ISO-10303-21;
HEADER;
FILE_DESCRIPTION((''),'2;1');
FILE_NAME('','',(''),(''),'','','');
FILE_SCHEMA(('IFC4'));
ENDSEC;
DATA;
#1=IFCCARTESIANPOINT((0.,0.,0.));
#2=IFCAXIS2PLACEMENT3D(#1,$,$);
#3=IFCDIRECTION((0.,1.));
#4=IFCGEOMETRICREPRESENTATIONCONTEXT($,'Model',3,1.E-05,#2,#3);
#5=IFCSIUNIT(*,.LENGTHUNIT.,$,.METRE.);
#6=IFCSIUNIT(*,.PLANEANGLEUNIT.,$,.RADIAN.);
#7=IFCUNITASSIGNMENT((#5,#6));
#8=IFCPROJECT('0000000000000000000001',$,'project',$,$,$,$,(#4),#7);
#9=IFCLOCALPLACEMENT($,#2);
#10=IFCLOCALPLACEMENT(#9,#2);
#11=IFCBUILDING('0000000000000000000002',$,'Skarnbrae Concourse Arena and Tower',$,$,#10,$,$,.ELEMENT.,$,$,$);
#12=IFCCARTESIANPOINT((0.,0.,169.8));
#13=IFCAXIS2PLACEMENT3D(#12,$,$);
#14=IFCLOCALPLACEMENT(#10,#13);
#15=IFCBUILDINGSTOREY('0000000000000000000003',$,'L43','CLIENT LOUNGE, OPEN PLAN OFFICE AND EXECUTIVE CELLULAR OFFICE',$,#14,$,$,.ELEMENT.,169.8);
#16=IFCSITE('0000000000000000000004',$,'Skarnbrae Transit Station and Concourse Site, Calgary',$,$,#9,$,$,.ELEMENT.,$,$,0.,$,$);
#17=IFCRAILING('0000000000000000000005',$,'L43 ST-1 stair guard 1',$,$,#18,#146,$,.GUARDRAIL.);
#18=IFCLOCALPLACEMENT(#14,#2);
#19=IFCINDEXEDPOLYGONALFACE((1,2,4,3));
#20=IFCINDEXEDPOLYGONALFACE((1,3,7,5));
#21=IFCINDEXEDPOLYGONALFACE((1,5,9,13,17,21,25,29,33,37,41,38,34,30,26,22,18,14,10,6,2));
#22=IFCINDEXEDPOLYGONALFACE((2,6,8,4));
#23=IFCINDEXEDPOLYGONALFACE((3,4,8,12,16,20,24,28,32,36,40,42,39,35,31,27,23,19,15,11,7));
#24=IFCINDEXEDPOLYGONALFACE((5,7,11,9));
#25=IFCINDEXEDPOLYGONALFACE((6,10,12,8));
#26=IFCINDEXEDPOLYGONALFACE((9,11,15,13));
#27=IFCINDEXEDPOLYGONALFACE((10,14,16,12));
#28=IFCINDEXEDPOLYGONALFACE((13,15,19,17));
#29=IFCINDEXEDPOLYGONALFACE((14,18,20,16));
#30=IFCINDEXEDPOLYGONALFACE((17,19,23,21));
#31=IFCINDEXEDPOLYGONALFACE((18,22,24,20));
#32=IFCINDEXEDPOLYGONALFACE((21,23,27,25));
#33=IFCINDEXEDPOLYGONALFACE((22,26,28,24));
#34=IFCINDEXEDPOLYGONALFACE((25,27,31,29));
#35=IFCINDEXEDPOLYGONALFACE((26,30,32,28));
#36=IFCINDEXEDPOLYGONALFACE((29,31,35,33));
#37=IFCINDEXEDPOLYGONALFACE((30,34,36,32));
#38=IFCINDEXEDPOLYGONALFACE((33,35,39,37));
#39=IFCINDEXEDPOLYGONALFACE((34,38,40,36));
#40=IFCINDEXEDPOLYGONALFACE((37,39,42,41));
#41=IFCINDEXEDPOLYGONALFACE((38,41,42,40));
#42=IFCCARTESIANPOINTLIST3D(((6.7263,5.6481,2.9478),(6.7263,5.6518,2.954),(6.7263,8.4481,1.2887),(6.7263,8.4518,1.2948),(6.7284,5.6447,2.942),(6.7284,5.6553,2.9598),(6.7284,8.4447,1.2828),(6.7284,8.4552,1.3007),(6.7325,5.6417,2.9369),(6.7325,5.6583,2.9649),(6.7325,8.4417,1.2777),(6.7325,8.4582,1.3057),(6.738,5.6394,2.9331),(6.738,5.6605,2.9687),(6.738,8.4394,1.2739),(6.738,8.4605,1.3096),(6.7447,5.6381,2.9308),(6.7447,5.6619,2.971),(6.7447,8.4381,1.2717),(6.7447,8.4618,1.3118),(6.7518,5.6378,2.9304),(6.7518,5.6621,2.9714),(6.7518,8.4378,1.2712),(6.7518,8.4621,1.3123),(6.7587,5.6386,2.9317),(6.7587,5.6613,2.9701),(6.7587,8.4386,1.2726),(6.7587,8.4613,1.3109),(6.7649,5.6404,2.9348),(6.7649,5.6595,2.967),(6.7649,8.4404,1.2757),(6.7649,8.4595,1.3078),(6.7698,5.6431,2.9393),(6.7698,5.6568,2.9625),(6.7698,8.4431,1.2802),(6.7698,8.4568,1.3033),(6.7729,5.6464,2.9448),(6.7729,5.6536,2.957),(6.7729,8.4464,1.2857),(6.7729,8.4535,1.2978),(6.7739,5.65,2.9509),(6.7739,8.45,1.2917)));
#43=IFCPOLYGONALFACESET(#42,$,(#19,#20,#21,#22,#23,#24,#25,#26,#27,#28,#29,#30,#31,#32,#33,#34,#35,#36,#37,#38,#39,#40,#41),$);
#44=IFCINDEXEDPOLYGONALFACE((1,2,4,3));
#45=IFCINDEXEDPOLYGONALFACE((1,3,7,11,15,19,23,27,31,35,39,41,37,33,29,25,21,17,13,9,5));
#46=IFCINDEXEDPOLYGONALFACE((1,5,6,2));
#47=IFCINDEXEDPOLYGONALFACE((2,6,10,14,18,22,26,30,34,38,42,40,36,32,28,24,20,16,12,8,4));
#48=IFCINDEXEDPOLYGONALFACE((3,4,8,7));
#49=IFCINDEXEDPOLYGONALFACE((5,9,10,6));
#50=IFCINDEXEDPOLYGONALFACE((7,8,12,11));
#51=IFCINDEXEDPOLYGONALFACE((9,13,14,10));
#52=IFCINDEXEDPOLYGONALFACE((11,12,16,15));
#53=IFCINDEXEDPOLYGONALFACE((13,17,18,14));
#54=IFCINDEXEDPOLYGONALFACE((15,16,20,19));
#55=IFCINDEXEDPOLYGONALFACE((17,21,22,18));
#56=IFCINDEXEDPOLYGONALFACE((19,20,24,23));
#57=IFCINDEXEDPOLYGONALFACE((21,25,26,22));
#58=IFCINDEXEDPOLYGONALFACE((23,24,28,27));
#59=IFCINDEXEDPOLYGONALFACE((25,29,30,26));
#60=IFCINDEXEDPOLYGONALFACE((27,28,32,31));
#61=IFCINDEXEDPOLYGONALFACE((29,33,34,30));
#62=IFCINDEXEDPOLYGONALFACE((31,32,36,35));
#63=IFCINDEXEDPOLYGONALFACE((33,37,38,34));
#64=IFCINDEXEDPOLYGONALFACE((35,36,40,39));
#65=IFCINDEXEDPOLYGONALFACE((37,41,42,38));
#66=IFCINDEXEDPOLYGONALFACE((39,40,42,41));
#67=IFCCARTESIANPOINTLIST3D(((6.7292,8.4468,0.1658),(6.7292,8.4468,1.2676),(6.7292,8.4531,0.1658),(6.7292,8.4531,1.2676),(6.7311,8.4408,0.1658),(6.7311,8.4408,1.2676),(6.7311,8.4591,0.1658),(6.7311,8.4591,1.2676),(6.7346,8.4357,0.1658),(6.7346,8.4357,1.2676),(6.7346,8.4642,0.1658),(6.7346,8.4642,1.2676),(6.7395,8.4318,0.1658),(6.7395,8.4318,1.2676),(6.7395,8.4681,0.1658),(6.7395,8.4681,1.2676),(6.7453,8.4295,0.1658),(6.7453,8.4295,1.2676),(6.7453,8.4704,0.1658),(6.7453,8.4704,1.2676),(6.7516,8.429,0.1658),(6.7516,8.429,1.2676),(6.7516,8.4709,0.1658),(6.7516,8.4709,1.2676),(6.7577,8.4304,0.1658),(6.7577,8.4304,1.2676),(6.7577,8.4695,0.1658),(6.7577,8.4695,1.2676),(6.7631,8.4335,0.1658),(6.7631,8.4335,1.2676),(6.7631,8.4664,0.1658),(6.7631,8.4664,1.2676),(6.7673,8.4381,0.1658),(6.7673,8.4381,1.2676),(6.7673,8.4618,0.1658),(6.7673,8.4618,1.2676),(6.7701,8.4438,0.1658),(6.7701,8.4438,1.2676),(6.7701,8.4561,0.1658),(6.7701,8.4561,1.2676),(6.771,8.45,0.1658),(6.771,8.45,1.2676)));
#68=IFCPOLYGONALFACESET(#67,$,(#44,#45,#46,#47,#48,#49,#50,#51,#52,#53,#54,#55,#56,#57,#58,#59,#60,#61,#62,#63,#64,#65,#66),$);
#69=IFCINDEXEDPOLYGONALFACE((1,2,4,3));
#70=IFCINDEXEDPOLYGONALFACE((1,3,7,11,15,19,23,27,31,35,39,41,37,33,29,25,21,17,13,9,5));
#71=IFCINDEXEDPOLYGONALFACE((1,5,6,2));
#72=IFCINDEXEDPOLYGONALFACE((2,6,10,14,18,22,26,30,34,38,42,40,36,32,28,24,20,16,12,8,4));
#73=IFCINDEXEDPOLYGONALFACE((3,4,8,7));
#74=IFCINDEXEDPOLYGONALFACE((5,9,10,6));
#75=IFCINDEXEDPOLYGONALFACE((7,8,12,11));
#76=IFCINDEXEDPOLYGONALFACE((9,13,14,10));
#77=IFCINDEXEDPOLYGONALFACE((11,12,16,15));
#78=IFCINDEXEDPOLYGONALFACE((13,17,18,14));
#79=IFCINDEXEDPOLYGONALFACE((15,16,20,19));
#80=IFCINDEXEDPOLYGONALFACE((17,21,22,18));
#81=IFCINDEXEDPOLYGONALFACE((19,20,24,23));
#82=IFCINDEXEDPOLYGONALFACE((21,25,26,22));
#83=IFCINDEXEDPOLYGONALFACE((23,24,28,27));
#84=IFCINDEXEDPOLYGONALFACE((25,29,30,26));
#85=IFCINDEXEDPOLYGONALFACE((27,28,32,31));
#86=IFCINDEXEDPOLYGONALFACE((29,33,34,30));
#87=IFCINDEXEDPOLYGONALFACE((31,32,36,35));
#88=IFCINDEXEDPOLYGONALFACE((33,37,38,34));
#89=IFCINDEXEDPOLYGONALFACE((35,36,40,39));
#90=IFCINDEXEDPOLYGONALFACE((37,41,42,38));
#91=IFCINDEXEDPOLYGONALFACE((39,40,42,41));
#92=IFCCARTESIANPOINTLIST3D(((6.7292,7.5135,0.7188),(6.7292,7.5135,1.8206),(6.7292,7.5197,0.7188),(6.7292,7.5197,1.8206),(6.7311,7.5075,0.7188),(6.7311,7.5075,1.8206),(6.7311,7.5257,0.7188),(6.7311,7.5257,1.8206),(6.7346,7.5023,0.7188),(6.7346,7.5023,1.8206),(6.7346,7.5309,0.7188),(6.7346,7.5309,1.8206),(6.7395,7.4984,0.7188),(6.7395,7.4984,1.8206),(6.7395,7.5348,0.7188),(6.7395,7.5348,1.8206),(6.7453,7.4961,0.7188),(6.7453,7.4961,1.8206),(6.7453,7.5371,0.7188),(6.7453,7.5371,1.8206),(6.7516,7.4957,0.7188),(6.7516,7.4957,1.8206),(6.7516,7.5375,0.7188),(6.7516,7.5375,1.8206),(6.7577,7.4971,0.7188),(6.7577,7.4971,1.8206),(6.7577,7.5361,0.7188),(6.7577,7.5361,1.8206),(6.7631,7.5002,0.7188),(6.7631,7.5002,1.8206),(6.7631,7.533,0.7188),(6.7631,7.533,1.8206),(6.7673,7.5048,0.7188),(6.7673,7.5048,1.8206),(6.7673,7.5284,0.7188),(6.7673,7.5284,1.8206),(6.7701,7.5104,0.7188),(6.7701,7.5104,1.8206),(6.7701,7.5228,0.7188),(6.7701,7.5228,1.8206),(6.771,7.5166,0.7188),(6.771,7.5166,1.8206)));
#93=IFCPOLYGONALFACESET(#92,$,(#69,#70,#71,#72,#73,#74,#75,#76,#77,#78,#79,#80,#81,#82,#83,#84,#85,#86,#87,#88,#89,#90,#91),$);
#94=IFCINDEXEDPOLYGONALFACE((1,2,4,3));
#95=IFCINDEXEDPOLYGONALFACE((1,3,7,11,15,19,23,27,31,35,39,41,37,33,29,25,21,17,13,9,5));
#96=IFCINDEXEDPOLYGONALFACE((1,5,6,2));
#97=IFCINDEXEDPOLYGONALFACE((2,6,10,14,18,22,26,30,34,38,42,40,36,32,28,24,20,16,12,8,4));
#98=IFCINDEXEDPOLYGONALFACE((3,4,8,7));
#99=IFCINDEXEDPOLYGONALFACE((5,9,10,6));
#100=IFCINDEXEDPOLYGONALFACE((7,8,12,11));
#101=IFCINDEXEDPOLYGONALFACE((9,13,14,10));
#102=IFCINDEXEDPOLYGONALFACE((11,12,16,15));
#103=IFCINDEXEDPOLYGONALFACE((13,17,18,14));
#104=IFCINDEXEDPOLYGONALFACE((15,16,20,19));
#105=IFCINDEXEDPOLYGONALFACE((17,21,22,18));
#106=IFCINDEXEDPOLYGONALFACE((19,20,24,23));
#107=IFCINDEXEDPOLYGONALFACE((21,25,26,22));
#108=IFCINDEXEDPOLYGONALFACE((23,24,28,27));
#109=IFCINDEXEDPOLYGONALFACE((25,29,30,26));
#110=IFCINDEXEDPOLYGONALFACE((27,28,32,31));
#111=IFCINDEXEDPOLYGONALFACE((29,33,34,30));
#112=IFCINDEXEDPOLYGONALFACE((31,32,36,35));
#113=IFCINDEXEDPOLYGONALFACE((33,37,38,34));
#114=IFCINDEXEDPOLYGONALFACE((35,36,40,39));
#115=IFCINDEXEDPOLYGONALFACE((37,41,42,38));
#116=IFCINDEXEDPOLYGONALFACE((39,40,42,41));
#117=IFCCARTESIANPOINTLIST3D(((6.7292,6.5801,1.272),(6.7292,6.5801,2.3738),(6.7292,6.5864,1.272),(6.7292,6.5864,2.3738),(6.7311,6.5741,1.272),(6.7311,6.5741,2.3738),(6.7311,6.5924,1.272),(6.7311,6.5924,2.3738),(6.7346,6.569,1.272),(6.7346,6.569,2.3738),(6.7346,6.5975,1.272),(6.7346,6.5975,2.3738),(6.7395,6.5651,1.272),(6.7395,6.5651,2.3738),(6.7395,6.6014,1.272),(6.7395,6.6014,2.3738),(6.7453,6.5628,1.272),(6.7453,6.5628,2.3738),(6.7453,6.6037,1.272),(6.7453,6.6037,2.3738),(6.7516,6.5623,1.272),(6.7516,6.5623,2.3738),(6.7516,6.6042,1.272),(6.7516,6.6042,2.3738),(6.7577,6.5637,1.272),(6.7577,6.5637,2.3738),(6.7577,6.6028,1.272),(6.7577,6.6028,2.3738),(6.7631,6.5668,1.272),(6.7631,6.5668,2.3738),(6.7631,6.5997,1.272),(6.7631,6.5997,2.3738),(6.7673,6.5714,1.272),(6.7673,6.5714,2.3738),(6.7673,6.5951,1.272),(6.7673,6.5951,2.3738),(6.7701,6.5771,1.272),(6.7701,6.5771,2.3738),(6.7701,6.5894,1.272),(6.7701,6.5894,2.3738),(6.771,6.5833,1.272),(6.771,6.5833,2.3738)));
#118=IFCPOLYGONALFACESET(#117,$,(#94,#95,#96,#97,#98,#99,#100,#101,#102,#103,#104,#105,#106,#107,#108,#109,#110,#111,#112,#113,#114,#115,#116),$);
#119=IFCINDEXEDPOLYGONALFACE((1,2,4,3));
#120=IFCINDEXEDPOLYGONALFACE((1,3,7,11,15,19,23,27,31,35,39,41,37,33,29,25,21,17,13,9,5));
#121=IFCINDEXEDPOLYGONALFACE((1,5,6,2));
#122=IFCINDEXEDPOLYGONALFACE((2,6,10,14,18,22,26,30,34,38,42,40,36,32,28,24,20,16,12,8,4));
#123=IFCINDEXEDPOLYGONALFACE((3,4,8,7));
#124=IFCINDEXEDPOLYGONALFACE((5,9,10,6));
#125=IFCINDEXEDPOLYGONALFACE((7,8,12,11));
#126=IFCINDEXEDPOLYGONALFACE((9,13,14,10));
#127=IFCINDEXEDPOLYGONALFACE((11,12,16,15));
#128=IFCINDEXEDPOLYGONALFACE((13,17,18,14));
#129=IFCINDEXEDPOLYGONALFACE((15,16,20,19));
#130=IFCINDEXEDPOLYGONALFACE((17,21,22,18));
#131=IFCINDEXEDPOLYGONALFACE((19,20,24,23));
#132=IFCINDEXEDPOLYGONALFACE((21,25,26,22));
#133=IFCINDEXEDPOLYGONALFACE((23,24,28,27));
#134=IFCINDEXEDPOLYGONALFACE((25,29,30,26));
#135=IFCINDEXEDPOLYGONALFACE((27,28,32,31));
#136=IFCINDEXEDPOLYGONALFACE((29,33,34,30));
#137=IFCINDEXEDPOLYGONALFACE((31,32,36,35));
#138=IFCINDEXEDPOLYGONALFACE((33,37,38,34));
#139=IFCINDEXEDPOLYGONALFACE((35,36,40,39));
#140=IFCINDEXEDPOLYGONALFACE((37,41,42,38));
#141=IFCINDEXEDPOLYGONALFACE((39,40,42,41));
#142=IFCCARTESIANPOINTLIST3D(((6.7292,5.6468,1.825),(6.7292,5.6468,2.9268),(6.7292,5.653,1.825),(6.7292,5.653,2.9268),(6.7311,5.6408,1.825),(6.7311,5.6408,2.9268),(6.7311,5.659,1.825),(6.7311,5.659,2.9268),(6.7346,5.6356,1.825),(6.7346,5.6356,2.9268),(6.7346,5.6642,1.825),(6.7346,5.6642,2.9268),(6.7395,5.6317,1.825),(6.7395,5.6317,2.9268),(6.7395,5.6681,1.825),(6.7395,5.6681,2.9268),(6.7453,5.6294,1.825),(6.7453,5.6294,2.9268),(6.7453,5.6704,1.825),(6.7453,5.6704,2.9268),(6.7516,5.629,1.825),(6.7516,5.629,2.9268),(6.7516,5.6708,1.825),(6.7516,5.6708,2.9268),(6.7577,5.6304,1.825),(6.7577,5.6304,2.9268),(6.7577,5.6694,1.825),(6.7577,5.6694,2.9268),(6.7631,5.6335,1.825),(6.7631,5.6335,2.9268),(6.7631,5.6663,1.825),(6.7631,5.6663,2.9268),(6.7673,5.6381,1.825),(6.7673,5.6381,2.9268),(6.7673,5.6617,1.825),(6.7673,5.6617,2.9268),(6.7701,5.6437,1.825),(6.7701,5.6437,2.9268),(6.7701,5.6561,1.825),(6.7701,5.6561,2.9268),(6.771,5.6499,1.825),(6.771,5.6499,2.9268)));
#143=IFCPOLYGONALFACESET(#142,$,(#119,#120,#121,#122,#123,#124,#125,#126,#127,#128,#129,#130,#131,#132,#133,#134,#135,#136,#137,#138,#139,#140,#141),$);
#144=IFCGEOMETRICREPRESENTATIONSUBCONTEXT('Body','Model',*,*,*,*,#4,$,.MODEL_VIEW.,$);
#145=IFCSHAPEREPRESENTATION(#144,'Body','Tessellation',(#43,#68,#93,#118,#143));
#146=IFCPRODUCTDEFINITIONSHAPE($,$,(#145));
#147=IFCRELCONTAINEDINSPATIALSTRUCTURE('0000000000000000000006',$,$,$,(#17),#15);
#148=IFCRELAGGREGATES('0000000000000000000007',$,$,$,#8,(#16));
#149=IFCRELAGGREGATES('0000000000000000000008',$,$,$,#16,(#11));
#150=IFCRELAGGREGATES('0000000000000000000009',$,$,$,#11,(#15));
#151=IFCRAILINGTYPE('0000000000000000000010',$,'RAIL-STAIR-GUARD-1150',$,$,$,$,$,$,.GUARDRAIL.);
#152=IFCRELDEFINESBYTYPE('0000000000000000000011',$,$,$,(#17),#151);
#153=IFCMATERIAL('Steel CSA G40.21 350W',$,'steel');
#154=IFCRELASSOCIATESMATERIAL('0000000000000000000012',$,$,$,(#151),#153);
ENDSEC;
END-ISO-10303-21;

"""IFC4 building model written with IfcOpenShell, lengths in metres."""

from ifc_helpers import new_model, si_unit, direction, frame, origin, origin_2d, place, context, subcontext, project, spatial, circle, extrude, material, type_object, element, save


model = new_model("IFC4")

# Units and contexts
model_context = context("Model", 3, precision=1e-05, world=origin(), true_north=direction((0.0, 1.0)))
body_context = subcontext(model_context, "Body", "Model", "MODEL_VIEW")
ifc_project = project(units=[si_unit("LENGTHUNIT", "METRE"), si_unit("PLANEANGLEUNIT", "RADIAN")], contexts=[model_context])

# Site, building, storey
site_placement = place(None, origin())
site = spatial("IfcSite", under=ifc_project, at=site_placement, Name="Skarnbrae Transit Station and Concourse Site, Calgary", CompositionType="ELEMENT", RefElevation=0.0)
building_placement = place(site_placement, origin())
building = spatial("IfcBuilding", under=site, at=building_placement, Name="Skarnbrae Concourse Arena and Tower", CompositionType="ELEMENT")
storey_placement = place(building_placement, frame((0.0, 0.0, 169.8)))
storey = spatial("IfcBuildingStorey", under=building, at=storey_placement, Name="L43", Description="CLIENT LOUNGE, OPEN PLAN OFFICE AND EXECUTIVE CELLULAR OFFICE", CompositionType="ELEMENT", Elevation=169.8)

# Railing
ifc_material_1 = material(Name="Steel CSA G40.21 350W", Category="steel")
railing_type_1 = type_object("IfcRailingType", Name="RAIL-STAIR-GUARD-1150", PredefinedType="GUARDRAIL", material=ifc_material_1)
railing_1_placement = place(storey_placement, frame((6.75, 8.45, 0.1658)))
element("IfcRailing", 1, at=railing_1_placement, inside=storey, type_object=railing_type_1, Name="L43 ST-1 stair guard 1", PredefinedType="GUARDRAIL", context=body_context, shape_type="SweptSolid", body=[
    extrude(circle(Radius=0.0239, at=origin_2d()), frame((0.0, 0.0, 1.126), z_axis=(0.0, -0.860306, 0.509778), x_axis=(1.0, 0.0, 0.0)), (0.0, 0.0, 1.0), 3.2546),
    extrude(circle(Radius=0.021, at=origin_2d()), origin(), (0.0, 0.0, 1.0), 1.1018),
    extrude(circle(Radius=0.021, at=origin_2d()), frame((0.0, -0.9333, 0.553)), (0.0, 0.0, 1.0), 1.1018),
    extrude(circle(Radius=0.021, at=origin_2d()), frame((0.0, -1.8667, 1.1062)), (0.0, 0.0, 1.0), 1.1018),
    extrude(circle(Radius=0.021, at=origin_2d()), frame((0.0, -2.8, 1.6592)), (0.0, 0.0, 1.0), 1.1018),
])

save(model, "model.ifc")
